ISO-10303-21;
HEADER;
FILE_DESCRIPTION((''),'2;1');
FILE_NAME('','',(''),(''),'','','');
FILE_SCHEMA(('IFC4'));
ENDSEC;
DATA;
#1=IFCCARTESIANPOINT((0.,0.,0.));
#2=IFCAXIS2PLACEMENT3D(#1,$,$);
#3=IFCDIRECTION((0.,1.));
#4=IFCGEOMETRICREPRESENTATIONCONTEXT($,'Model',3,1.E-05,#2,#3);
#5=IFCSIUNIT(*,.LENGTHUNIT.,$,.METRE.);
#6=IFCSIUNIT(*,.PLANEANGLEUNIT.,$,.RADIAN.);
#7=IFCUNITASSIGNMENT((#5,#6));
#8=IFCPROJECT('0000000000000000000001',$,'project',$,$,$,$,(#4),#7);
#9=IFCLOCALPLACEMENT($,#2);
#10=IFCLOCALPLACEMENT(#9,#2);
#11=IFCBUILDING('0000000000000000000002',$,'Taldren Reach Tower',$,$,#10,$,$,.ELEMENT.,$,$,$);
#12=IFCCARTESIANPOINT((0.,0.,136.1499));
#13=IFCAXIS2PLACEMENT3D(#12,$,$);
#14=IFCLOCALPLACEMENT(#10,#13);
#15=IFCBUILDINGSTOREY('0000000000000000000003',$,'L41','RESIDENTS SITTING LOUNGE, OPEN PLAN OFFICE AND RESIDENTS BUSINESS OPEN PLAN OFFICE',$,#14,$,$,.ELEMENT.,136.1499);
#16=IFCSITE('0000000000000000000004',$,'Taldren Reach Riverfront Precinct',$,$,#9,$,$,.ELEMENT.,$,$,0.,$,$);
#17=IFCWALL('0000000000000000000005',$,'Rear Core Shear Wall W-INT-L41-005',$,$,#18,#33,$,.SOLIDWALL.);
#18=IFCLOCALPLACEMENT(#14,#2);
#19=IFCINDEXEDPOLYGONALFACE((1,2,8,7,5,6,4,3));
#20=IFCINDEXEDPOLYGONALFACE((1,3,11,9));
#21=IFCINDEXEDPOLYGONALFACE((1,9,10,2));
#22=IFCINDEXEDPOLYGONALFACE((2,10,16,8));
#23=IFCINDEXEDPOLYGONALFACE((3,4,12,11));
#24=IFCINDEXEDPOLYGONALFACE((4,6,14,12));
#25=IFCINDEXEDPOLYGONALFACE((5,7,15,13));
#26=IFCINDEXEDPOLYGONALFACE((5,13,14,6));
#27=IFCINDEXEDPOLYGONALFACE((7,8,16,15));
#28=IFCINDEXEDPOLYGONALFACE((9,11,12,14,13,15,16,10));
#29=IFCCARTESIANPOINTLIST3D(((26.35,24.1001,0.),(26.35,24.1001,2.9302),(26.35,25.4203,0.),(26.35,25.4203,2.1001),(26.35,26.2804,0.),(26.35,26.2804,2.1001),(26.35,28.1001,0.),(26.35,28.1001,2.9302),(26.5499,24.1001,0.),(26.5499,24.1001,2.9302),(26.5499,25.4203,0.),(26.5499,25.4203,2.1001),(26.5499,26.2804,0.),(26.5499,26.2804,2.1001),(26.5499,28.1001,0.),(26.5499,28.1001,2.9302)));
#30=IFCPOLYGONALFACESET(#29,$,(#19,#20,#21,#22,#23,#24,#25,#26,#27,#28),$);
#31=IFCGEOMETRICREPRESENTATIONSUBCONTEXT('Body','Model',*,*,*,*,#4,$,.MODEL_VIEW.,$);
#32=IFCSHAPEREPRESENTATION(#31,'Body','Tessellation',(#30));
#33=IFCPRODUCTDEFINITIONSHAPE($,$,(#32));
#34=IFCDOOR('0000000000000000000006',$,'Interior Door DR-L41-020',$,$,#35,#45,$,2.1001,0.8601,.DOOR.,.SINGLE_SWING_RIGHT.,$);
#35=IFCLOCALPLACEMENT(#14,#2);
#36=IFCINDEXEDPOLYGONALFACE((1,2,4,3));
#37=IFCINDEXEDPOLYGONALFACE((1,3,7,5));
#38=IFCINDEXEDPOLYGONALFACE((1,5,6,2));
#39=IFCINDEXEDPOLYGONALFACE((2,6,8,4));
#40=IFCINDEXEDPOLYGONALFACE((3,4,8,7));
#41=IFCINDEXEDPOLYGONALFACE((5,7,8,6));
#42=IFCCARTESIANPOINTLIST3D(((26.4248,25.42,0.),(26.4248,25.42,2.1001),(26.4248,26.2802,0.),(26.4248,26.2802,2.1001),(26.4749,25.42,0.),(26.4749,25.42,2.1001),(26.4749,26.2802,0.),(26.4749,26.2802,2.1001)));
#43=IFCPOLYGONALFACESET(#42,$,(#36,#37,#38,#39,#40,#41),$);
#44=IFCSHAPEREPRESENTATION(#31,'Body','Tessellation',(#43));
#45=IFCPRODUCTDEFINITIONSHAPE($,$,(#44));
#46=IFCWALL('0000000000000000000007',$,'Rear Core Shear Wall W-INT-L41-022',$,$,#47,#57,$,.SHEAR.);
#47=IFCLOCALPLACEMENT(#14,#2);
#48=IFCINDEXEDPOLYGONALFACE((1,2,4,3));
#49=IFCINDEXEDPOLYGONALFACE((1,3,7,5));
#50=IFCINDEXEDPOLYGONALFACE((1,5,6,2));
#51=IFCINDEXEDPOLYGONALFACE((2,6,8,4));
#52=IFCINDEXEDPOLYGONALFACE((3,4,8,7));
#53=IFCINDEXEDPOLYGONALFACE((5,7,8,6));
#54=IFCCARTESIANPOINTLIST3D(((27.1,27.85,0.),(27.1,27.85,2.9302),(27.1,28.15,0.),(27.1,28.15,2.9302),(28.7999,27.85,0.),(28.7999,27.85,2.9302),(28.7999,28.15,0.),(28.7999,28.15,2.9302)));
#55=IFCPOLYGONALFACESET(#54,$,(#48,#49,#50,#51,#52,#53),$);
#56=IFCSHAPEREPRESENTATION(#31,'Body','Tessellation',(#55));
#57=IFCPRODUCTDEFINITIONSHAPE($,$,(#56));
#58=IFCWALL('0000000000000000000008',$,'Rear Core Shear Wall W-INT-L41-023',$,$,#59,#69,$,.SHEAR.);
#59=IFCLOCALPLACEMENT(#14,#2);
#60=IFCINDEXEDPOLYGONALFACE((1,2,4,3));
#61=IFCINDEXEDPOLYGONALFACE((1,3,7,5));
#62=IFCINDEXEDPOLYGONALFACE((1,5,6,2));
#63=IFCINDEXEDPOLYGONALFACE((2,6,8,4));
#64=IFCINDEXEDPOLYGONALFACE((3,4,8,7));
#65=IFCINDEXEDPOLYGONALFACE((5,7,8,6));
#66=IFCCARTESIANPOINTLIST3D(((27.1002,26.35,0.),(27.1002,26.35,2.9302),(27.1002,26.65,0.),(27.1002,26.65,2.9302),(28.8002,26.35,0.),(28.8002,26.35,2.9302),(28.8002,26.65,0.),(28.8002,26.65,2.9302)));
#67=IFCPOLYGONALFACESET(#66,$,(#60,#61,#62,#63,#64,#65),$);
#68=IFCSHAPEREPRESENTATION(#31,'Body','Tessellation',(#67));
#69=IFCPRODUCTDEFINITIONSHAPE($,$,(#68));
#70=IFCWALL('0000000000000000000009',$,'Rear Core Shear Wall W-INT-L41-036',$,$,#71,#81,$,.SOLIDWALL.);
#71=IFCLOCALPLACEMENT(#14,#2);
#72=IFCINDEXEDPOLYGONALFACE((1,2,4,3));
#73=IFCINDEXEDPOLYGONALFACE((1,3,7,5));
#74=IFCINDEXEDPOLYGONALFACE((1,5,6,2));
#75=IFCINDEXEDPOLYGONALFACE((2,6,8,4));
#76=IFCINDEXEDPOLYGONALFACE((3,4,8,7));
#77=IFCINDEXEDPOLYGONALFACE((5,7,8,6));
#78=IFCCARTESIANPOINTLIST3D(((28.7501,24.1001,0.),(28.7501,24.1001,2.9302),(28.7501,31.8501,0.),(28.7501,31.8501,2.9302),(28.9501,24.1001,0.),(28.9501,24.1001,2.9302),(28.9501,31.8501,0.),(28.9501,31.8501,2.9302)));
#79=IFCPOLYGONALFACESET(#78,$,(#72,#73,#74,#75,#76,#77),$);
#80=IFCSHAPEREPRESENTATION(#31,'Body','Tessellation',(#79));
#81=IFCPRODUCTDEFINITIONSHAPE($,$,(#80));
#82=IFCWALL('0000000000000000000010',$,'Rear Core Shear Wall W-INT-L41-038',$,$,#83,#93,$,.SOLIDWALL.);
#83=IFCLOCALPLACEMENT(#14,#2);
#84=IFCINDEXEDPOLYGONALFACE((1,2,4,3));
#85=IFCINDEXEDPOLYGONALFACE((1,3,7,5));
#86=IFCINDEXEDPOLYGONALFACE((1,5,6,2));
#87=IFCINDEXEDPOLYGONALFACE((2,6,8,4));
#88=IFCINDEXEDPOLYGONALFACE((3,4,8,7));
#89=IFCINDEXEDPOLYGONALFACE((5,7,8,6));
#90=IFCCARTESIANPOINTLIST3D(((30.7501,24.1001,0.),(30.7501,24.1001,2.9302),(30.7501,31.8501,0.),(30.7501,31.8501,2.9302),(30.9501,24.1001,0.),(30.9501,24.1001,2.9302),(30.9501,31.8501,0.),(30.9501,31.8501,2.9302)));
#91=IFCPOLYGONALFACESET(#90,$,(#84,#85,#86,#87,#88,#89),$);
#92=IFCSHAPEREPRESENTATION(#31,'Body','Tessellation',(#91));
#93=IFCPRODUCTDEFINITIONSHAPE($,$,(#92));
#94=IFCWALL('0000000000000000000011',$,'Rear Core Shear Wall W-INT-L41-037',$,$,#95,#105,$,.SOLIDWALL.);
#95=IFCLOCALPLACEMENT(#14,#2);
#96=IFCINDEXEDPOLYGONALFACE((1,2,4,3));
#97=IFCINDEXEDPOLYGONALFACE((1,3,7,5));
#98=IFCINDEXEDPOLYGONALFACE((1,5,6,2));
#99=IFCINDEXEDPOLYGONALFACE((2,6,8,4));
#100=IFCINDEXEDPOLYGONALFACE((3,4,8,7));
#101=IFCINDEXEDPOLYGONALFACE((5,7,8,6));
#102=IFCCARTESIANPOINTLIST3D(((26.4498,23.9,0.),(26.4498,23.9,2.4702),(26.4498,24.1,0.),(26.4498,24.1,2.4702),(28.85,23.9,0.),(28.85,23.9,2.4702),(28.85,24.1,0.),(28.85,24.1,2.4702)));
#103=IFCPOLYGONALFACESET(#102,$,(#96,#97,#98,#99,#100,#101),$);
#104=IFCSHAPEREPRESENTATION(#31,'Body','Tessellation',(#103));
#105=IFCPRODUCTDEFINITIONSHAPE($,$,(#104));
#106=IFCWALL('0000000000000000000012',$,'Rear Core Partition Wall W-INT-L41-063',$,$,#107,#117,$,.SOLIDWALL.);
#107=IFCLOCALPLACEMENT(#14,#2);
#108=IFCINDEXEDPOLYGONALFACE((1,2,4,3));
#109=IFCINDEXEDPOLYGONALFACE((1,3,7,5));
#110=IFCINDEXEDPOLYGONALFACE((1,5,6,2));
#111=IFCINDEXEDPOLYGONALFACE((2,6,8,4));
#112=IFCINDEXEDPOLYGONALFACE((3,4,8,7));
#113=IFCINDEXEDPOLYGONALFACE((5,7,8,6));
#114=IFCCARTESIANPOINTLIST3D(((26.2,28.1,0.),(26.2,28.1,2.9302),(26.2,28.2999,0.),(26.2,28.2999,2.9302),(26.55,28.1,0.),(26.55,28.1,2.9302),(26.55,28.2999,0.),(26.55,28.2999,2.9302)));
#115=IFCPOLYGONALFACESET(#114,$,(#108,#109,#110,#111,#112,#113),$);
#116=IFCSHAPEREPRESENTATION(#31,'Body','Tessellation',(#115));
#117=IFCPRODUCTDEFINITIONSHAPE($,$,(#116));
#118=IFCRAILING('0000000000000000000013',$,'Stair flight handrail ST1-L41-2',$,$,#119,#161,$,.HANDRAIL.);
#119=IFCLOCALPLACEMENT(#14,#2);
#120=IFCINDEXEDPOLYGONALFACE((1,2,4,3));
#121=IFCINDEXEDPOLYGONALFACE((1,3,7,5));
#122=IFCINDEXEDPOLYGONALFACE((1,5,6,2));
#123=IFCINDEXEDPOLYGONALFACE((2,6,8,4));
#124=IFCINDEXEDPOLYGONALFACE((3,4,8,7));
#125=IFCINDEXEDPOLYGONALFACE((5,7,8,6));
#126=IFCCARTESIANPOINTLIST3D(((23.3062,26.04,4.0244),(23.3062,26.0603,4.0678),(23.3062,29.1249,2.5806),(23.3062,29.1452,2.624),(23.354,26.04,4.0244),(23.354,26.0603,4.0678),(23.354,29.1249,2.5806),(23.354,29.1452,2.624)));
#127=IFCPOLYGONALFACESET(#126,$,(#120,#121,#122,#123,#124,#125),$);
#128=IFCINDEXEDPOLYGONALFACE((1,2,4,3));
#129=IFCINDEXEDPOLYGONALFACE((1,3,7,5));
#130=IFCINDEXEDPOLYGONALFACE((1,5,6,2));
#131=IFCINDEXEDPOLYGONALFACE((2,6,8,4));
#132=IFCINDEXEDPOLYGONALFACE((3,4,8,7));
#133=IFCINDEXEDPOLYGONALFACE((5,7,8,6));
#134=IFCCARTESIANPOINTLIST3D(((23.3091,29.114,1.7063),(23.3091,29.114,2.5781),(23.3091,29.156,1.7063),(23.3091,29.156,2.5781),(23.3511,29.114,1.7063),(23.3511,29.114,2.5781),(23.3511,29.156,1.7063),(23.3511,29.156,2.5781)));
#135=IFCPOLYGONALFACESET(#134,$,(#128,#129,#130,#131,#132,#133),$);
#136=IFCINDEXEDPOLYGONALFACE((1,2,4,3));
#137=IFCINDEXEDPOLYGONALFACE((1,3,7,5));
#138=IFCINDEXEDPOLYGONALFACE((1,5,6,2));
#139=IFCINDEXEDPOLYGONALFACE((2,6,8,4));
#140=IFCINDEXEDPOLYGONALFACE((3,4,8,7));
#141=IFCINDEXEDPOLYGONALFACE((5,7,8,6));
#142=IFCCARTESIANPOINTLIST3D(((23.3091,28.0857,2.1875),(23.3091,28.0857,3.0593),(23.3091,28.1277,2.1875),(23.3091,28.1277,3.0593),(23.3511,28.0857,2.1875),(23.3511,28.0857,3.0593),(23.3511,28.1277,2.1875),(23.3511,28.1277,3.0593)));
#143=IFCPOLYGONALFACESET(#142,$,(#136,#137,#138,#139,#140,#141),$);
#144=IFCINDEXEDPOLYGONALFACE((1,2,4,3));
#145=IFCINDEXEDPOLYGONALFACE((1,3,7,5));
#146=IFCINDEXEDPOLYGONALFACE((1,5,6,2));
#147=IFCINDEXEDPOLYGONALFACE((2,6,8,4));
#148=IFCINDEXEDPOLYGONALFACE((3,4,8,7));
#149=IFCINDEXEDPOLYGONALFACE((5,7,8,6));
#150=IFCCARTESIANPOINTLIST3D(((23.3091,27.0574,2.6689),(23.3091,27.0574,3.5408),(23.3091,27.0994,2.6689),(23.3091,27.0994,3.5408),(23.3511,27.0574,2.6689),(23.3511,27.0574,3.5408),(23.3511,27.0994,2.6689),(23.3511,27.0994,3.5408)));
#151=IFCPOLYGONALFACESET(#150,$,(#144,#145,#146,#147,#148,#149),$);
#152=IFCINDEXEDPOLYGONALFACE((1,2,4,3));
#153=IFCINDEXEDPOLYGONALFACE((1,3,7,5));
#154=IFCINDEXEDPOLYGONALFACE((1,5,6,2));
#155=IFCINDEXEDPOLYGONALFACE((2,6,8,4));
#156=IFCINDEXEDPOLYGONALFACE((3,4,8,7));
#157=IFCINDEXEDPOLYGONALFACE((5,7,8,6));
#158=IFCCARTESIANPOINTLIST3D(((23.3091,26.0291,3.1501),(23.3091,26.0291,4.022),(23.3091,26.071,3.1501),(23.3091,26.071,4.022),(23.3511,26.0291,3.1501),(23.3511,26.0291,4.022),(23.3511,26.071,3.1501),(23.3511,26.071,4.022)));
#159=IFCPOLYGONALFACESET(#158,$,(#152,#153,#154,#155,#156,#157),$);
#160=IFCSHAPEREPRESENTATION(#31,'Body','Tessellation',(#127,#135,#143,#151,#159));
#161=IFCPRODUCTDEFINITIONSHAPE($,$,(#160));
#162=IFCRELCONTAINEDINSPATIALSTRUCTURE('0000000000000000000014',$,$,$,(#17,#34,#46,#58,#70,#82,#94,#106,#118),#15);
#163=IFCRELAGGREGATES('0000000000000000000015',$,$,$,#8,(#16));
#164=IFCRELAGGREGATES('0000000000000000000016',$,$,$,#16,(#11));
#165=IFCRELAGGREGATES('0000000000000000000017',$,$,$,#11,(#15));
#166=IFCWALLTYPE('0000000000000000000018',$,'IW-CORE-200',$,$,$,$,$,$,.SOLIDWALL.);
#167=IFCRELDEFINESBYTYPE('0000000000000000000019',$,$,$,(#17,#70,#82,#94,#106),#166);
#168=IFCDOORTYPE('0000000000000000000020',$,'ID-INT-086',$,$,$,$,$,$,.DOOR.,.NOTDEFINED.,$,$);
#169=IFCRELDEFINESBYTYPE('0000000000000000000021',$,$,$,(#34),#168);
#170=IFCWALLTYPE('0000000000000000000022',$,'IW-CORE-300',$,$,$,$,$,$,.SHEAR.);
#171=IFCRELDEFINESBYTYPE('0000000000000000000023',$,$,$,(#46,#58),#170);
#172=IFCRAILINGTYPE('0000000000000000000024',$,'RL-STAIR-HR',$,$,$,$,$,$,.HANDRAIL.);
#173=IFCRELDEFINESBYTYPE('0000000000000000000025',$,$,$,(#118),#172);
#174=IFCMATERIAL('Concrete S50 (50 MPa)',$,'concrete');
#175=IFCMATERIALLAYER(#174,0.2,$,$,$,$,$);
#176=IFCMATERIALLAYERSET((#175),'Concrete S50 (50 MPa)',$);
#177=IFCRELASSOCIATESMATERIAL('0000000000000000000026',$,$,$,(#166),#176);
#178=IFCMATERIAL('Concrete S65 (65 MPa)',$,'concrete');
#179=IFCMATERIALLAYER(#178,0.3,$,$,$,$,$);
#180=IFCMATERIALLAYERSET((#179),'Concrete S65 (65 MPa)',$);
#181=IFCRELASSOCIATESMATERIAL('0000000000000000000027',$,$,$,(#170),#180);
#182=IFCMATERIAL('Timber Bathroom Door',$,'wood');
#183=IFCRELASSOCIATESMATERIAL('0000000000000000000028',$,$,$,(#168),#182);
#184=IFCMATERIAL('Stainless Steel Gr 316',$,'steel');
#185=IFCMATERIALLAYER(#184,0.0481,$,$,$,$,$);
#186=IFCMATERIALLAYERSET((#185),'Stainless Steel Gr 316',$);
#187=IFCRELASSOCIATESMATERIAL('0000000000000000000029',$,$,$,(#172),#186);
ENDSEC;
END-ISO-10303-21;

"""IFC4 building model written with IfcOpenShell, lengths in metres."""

from ifc_helpers import new_model, si_unit, direction, frame, frame_2d, origin, origin_2d, place, context, subcontext, project, spatial, rectangle, extrude, source, transform, mapped, material, layer, layer_set, type_object, element, fill, save


model = new_model("IFC4")

# Units and contexts
model_context = context("Model", 3, precision=1e-05, world=origin(), true_north=direction((0.0, 1.0)))
body_context = subcontext(model_context, "Body", "Model", "MODEL_VIEW")
ifc_project = project(units=[si_unit("LENGTHUNIT", "METRE"), si_unit("PLANEANGLEUNIT", "RADIAN")], contexts=[model_context])

# Site, building, storey
site_placement = place(None, origin())
site = spatial("IfcSite", under=ifc_project, at=site_placement, Name="Taldren Reach Riverfront Precinct", CompositionType="ELEMENT", RefElevation=0.0)
building_placement = place(site_placement, origin())
building = spatial("IfcBuilding", under=site, at=building_placement, Name="Taldren Reach Tower", CompositionType="ELEMENT")
storey_placement = place(building_placement, frame((0.0, 0.0, 136.1499)))
storey = spatial("IfcBuildingStorey", under=building, at=storey_placement, Name="L41", Description="RESIDENTS SITTING LOUNGE, OPEN PLAN OFFICE AND RESIDENTS BUSINESS OPEN PLAN OFFICE", CompositionType="ELEMENT", Elevation=136.1499)

# Shared definitions
ifc_material_1 = material(Name="Concrete S50 (50 MPa)", Category="concrete")
ifc_layer_1 = layer(ifc_material_1, 0.2)
ifc_layer_set_1 = layer_set([ifc_layer_1], Name="Concrete S50 (50 MPa)")
wall_type_1 = type_object("IfcWallType", Name="IW-CORE-200", PredefinedType="SOLIDWALL", material=ifc_layer_set_1)

# Shared definitions
ifc_material_2 = material(Name="Concrete S65 (65 MPa)", Category="concrete")
ifc_layer_2 = layer(ifc_material_2, 0.3)
ifc_layer_set_2 = layer_set([ifc_layer_2], Name="Concrete S65 (65 MPa)")
wall_type_2 = type_object("IfcWallType", Name="IW-CORE-300", PredefinedType="SHEAR", material=ifc_layer_set_2)

# Wall, opening, door
shared_shape_1 = source(origin(), body_context, "Body", "SweptSolid", [
    extrude(rectangle(XDim=4.0, YDim=0.2, at=frame_2d((2.0, 0.0))), origin(), (0.0, 0.0, 1.0), 2.9302),
])
wall_1_placement = place(storey_placement, frame((26.45, 24.1001, 0.0), z_axis=(0.0, 0.0, 1.0), x_axis=(0.0, 1.0, 0.0)))
wall_1 = element("IfcWall", 1, at=wall_1_placement, inside=storey, type_object=wall_type_1, Name="Rear Core Shear Wall W-INT-L41-005", PredefinedType="SOLIDWALL", context=body_context, shape_type="MappedRepresentation", body=[
    mapped(shared_shape_1, transform((0.0, 0.0, 0.0), scale=1.0)),
])
shared_shape_2 = source(origin(), body_context, "Body", "SweptSolid", [
    extrude(rectangle(XDim=0.8601, YDim=2.1001, at=frame_2d((0.4302, 1.05))), frame((0.0, 0.1099, 0.0), z_axis=(0.0, -1.0, 0.0), x_axis=(1.0, 0.0, 0.0)), (0.0, 0.0, 1.0), 0.22),
])
opening_1_placement = place(wall_1_placement, frame((1.3201, 0.0, 0.0)))
opening_1 = element("IfcOpeningElement", 2, at=opening_1_placement, cuts=wall_1, PredefinedType="OPENING", context=body_context, shape_type="MappedRepresentation", body=[
    mapped(shared_shape_2, transform((0.0, 0.0, 0.0), scale=1.0)),
])
ifc_material_3 = material(Name="Timber Bathroom Door", Category="wood")
door_type_1 = type_object("IfcDoorType", Name="ID-INT-086", OperationType="NOTDEFINED", PredefinedType="DOOR", material=ifc_material_3)
shared_shape_3 = source(origin(), body_context, "Body", "SweptSolid", [
    extrude(rectangle(XDim=0.8601, YDim=2.1001, at=frame_2d((0.4302, 1.05))), frame((0.0, 0.0249, 0.0), z_axis=(0.0, -1.0, 0.0), x_axis=(1.0, 0.0, 0.0)), (0.0, 0.0, 1.0), 0.05),
])
door_1_placement = place(opening_1_placement, frame((0.8601, 0.0, 0.0), z_axis=(0.0, 0.0, 1.0), x_axis=(-1.0, 0.0, 0.0)))
door_1 = element("IfcDoor", 3, at=door_1_placement, inside=storey, type_object=door_type_1, Name="Interior Door DR-L41-020", OperationType="SINGLE_SWING_RIGHT", OverallHeight=2.1001, OverallWidth=0.8601, PredefinedType="DOOR", context=body_context, shape_type="MappedRepresentation", body=[
    mapped(shared_shape_3, transform((0.0, 0.0, 0.0), scale=1.0)),
])
fill(opening_1, door_1)

# Walls
shared_shape_4 = source(origin(), body_context, "Body", "SweptSolid", [
    extrude(rectangle(XDim=1.7, YDim=0.3, at=frame_2d((0.8501, 0.0))), origin(), (0.0, 0.0, 1.0), 2.9302),
])
for number, where, z_axis, x_axis, name in (
    (4, (28.8, 28.0, 0.0), (0.0, 0.0, 1.0), (-1.0, 0.0, 0.0), "Rear Core Shear Wall W-INT-L41-022"),
    (5, (27.1001, 26.5, 0.0), (0.0, 0.0, 1.0), (1.0, 0.0, 0.0), "Rear Core Shear Wall W-INT-L41-023"),
):
    element("IfcWall", number, at=place(storey_placement, frame(where, z_axis=z_axis, x_axis=x_axis)), inside=storey, type_object=wall_type_2, Name=name, PredefinedType="SHEAR", context=body_context, shape_type="MappedRepresentation", body=[
        mapped(shared_shape_4, transform((0.0, 0.0, 0.0), scale=1.0)),
    ])

# Walls
shared_shape_5 = source(origin(), body_context, "Body", "SweptSolid", [
    extrude(rectangle(XDim=7.75, YDim=0.2, at=frame_2d((3.875, 0.0))), origin(), (0.0, 0.0, 1.0), 2.9302),
])
for number, where, z_axis, x_axis, name in (
    (6, (28.8501, 31.8501, 0.0), (0.0, 0.0, 1.0), (0.0, -1.0, 0.0), "Rear Core Shear Wall W-INT-L41-036"),
    (7, (30.8501, 31.8501, 0.0), (0.0, 0.0, 1.0), (0.0, -1.0, 0.0), "Rear Core Shear Wall W-INT-L41-038"),
):
    element("IfcWall", number, at=place(storey_placement, frame(where, z_axis=z_axis, x_axis=x_axis)), inside=storey, type_object=wall_type_1, Name=name, PredefinedType="SOLIDWALL", context=body_context, shape_type="MappedRepresentation", body=[
        mapped(shared_shape_5, transform((0.0, 0.0, 0.0), scale=1.0)),
    ])
shared_shape_6 = source(origin(), body_context, "Body", "SweptSolid", [
    extrude(rectangle(XDim=2.4001, YDim=0.2, at=frame_2d((1.2002, 0.0))), origin(), (0.0, 0.0, 1.0), 2.4702),
])
wall_2_placement = place(storey_placement, frame((28.8501, 24.0, 0.0), z_axis=(0.0, 0.0, 1.0), x_axis=(-1.0, 0.0, 0.0)))
element("IfcWall", 8, at=wall_2_placement, inside=storey, type_object=wall_type_1, Name="Rear Core Shear Wall W-INT-L41-037", PredefinedType="SOLIDWALL", context=body_context, shape_type="MappedRepresentation", body=[
    mapped(shared_shape_6, transform((0.0, 0.0, 0.0), scale=1.0)),
])
shared_shape_7 = source(origin(), body_context, "Body", "SweptSolid", [
    extrude(rectangle(XDim=0.3501, YDim=0.2, at=frame_2d((0.175, 0.0))), origin(), (0.0, 0.0, 1.0), 2.9302),
])
wall_3_placement = place(storey_placement, frame((26.2, 28.2, 0.0), z_axis=(0.0, 0.0, 1.0), x_axis=(1.0, 0.0, 0.0)))
element("IfcWall", 9, at=wall_3_placement, inside=storey, type_object=wall_type_1, Name="Rear Core Partition Wall W-INT-L41-063", PredefinedType="SOLIDWALL", context=body_context, shape_type="MappedRepresentation", body=[
    mapped(shared_shape_7, transform((0.0, 0.0, 0.0), scale=1.0)),
])

# Railing
ifc_material_4 = material(Name="Stainless Steel Gr 316", Category="steel")
ifc_layer_3 = layer(ifc_material_4, 0.0481)
ifc_layer_set_3 = layer_set([ifc_layer_3], Name="Stainless Steel Gr 316")
railing_type = type_object("IfcRailingType", Name="RL-STAIR-HR", PredefinedType="HANDRAIL", material=ifc_layer_set_3)
railing_placement = place(storey_placement, frame((23.3301, 29.135, 1.7063)))
element("IfcRailing", 10, at=railing_placement, inside=storey, type_object=railing_type, Name="Stair flight handrail ST1-L41-2", PredefinedType="HANDRAIL", context=body_context, shape_type="SweptSolid", body=[
    extrude(rectangle(XDim=0.0479, YDim=0.0479, at=origin_2d()), frame((0.0, 0.0, 0.896), z_axis=(0.0, -0.90571, 0.423898), x_axis=(1.0, 0.0, 0.0)), (0.0, 0.0, 1.0), 3.406),
    extrude(rectangle(XDim=0.042, YDim=0.042, at=origin_2d()), origin(), (0.0, 0.0, 1.0), 0.8718),
    extrude(rectangle(XDim=0.042, YDim=0.042, at=origin_2d()), frame((0.0, -1.0283, 0.4812)), (0.0, 0.0, 1.0), 0.8718),
    extrude(rectangle(XDim=0.042, YDim=0.042, at=origin_2d()), frame((0.0, -2.0566, 0.9626)), (0.0, 0.0, 1.0), 0.8718),
    extrude(rectangle(XDim=0.042, YDim=0.042, at=origin_2d()), frame((0.0, -3.085, 1.4438)), (0.0, 0.0, 1.0), 0.8718),
])

save(model, "model.ifc")
